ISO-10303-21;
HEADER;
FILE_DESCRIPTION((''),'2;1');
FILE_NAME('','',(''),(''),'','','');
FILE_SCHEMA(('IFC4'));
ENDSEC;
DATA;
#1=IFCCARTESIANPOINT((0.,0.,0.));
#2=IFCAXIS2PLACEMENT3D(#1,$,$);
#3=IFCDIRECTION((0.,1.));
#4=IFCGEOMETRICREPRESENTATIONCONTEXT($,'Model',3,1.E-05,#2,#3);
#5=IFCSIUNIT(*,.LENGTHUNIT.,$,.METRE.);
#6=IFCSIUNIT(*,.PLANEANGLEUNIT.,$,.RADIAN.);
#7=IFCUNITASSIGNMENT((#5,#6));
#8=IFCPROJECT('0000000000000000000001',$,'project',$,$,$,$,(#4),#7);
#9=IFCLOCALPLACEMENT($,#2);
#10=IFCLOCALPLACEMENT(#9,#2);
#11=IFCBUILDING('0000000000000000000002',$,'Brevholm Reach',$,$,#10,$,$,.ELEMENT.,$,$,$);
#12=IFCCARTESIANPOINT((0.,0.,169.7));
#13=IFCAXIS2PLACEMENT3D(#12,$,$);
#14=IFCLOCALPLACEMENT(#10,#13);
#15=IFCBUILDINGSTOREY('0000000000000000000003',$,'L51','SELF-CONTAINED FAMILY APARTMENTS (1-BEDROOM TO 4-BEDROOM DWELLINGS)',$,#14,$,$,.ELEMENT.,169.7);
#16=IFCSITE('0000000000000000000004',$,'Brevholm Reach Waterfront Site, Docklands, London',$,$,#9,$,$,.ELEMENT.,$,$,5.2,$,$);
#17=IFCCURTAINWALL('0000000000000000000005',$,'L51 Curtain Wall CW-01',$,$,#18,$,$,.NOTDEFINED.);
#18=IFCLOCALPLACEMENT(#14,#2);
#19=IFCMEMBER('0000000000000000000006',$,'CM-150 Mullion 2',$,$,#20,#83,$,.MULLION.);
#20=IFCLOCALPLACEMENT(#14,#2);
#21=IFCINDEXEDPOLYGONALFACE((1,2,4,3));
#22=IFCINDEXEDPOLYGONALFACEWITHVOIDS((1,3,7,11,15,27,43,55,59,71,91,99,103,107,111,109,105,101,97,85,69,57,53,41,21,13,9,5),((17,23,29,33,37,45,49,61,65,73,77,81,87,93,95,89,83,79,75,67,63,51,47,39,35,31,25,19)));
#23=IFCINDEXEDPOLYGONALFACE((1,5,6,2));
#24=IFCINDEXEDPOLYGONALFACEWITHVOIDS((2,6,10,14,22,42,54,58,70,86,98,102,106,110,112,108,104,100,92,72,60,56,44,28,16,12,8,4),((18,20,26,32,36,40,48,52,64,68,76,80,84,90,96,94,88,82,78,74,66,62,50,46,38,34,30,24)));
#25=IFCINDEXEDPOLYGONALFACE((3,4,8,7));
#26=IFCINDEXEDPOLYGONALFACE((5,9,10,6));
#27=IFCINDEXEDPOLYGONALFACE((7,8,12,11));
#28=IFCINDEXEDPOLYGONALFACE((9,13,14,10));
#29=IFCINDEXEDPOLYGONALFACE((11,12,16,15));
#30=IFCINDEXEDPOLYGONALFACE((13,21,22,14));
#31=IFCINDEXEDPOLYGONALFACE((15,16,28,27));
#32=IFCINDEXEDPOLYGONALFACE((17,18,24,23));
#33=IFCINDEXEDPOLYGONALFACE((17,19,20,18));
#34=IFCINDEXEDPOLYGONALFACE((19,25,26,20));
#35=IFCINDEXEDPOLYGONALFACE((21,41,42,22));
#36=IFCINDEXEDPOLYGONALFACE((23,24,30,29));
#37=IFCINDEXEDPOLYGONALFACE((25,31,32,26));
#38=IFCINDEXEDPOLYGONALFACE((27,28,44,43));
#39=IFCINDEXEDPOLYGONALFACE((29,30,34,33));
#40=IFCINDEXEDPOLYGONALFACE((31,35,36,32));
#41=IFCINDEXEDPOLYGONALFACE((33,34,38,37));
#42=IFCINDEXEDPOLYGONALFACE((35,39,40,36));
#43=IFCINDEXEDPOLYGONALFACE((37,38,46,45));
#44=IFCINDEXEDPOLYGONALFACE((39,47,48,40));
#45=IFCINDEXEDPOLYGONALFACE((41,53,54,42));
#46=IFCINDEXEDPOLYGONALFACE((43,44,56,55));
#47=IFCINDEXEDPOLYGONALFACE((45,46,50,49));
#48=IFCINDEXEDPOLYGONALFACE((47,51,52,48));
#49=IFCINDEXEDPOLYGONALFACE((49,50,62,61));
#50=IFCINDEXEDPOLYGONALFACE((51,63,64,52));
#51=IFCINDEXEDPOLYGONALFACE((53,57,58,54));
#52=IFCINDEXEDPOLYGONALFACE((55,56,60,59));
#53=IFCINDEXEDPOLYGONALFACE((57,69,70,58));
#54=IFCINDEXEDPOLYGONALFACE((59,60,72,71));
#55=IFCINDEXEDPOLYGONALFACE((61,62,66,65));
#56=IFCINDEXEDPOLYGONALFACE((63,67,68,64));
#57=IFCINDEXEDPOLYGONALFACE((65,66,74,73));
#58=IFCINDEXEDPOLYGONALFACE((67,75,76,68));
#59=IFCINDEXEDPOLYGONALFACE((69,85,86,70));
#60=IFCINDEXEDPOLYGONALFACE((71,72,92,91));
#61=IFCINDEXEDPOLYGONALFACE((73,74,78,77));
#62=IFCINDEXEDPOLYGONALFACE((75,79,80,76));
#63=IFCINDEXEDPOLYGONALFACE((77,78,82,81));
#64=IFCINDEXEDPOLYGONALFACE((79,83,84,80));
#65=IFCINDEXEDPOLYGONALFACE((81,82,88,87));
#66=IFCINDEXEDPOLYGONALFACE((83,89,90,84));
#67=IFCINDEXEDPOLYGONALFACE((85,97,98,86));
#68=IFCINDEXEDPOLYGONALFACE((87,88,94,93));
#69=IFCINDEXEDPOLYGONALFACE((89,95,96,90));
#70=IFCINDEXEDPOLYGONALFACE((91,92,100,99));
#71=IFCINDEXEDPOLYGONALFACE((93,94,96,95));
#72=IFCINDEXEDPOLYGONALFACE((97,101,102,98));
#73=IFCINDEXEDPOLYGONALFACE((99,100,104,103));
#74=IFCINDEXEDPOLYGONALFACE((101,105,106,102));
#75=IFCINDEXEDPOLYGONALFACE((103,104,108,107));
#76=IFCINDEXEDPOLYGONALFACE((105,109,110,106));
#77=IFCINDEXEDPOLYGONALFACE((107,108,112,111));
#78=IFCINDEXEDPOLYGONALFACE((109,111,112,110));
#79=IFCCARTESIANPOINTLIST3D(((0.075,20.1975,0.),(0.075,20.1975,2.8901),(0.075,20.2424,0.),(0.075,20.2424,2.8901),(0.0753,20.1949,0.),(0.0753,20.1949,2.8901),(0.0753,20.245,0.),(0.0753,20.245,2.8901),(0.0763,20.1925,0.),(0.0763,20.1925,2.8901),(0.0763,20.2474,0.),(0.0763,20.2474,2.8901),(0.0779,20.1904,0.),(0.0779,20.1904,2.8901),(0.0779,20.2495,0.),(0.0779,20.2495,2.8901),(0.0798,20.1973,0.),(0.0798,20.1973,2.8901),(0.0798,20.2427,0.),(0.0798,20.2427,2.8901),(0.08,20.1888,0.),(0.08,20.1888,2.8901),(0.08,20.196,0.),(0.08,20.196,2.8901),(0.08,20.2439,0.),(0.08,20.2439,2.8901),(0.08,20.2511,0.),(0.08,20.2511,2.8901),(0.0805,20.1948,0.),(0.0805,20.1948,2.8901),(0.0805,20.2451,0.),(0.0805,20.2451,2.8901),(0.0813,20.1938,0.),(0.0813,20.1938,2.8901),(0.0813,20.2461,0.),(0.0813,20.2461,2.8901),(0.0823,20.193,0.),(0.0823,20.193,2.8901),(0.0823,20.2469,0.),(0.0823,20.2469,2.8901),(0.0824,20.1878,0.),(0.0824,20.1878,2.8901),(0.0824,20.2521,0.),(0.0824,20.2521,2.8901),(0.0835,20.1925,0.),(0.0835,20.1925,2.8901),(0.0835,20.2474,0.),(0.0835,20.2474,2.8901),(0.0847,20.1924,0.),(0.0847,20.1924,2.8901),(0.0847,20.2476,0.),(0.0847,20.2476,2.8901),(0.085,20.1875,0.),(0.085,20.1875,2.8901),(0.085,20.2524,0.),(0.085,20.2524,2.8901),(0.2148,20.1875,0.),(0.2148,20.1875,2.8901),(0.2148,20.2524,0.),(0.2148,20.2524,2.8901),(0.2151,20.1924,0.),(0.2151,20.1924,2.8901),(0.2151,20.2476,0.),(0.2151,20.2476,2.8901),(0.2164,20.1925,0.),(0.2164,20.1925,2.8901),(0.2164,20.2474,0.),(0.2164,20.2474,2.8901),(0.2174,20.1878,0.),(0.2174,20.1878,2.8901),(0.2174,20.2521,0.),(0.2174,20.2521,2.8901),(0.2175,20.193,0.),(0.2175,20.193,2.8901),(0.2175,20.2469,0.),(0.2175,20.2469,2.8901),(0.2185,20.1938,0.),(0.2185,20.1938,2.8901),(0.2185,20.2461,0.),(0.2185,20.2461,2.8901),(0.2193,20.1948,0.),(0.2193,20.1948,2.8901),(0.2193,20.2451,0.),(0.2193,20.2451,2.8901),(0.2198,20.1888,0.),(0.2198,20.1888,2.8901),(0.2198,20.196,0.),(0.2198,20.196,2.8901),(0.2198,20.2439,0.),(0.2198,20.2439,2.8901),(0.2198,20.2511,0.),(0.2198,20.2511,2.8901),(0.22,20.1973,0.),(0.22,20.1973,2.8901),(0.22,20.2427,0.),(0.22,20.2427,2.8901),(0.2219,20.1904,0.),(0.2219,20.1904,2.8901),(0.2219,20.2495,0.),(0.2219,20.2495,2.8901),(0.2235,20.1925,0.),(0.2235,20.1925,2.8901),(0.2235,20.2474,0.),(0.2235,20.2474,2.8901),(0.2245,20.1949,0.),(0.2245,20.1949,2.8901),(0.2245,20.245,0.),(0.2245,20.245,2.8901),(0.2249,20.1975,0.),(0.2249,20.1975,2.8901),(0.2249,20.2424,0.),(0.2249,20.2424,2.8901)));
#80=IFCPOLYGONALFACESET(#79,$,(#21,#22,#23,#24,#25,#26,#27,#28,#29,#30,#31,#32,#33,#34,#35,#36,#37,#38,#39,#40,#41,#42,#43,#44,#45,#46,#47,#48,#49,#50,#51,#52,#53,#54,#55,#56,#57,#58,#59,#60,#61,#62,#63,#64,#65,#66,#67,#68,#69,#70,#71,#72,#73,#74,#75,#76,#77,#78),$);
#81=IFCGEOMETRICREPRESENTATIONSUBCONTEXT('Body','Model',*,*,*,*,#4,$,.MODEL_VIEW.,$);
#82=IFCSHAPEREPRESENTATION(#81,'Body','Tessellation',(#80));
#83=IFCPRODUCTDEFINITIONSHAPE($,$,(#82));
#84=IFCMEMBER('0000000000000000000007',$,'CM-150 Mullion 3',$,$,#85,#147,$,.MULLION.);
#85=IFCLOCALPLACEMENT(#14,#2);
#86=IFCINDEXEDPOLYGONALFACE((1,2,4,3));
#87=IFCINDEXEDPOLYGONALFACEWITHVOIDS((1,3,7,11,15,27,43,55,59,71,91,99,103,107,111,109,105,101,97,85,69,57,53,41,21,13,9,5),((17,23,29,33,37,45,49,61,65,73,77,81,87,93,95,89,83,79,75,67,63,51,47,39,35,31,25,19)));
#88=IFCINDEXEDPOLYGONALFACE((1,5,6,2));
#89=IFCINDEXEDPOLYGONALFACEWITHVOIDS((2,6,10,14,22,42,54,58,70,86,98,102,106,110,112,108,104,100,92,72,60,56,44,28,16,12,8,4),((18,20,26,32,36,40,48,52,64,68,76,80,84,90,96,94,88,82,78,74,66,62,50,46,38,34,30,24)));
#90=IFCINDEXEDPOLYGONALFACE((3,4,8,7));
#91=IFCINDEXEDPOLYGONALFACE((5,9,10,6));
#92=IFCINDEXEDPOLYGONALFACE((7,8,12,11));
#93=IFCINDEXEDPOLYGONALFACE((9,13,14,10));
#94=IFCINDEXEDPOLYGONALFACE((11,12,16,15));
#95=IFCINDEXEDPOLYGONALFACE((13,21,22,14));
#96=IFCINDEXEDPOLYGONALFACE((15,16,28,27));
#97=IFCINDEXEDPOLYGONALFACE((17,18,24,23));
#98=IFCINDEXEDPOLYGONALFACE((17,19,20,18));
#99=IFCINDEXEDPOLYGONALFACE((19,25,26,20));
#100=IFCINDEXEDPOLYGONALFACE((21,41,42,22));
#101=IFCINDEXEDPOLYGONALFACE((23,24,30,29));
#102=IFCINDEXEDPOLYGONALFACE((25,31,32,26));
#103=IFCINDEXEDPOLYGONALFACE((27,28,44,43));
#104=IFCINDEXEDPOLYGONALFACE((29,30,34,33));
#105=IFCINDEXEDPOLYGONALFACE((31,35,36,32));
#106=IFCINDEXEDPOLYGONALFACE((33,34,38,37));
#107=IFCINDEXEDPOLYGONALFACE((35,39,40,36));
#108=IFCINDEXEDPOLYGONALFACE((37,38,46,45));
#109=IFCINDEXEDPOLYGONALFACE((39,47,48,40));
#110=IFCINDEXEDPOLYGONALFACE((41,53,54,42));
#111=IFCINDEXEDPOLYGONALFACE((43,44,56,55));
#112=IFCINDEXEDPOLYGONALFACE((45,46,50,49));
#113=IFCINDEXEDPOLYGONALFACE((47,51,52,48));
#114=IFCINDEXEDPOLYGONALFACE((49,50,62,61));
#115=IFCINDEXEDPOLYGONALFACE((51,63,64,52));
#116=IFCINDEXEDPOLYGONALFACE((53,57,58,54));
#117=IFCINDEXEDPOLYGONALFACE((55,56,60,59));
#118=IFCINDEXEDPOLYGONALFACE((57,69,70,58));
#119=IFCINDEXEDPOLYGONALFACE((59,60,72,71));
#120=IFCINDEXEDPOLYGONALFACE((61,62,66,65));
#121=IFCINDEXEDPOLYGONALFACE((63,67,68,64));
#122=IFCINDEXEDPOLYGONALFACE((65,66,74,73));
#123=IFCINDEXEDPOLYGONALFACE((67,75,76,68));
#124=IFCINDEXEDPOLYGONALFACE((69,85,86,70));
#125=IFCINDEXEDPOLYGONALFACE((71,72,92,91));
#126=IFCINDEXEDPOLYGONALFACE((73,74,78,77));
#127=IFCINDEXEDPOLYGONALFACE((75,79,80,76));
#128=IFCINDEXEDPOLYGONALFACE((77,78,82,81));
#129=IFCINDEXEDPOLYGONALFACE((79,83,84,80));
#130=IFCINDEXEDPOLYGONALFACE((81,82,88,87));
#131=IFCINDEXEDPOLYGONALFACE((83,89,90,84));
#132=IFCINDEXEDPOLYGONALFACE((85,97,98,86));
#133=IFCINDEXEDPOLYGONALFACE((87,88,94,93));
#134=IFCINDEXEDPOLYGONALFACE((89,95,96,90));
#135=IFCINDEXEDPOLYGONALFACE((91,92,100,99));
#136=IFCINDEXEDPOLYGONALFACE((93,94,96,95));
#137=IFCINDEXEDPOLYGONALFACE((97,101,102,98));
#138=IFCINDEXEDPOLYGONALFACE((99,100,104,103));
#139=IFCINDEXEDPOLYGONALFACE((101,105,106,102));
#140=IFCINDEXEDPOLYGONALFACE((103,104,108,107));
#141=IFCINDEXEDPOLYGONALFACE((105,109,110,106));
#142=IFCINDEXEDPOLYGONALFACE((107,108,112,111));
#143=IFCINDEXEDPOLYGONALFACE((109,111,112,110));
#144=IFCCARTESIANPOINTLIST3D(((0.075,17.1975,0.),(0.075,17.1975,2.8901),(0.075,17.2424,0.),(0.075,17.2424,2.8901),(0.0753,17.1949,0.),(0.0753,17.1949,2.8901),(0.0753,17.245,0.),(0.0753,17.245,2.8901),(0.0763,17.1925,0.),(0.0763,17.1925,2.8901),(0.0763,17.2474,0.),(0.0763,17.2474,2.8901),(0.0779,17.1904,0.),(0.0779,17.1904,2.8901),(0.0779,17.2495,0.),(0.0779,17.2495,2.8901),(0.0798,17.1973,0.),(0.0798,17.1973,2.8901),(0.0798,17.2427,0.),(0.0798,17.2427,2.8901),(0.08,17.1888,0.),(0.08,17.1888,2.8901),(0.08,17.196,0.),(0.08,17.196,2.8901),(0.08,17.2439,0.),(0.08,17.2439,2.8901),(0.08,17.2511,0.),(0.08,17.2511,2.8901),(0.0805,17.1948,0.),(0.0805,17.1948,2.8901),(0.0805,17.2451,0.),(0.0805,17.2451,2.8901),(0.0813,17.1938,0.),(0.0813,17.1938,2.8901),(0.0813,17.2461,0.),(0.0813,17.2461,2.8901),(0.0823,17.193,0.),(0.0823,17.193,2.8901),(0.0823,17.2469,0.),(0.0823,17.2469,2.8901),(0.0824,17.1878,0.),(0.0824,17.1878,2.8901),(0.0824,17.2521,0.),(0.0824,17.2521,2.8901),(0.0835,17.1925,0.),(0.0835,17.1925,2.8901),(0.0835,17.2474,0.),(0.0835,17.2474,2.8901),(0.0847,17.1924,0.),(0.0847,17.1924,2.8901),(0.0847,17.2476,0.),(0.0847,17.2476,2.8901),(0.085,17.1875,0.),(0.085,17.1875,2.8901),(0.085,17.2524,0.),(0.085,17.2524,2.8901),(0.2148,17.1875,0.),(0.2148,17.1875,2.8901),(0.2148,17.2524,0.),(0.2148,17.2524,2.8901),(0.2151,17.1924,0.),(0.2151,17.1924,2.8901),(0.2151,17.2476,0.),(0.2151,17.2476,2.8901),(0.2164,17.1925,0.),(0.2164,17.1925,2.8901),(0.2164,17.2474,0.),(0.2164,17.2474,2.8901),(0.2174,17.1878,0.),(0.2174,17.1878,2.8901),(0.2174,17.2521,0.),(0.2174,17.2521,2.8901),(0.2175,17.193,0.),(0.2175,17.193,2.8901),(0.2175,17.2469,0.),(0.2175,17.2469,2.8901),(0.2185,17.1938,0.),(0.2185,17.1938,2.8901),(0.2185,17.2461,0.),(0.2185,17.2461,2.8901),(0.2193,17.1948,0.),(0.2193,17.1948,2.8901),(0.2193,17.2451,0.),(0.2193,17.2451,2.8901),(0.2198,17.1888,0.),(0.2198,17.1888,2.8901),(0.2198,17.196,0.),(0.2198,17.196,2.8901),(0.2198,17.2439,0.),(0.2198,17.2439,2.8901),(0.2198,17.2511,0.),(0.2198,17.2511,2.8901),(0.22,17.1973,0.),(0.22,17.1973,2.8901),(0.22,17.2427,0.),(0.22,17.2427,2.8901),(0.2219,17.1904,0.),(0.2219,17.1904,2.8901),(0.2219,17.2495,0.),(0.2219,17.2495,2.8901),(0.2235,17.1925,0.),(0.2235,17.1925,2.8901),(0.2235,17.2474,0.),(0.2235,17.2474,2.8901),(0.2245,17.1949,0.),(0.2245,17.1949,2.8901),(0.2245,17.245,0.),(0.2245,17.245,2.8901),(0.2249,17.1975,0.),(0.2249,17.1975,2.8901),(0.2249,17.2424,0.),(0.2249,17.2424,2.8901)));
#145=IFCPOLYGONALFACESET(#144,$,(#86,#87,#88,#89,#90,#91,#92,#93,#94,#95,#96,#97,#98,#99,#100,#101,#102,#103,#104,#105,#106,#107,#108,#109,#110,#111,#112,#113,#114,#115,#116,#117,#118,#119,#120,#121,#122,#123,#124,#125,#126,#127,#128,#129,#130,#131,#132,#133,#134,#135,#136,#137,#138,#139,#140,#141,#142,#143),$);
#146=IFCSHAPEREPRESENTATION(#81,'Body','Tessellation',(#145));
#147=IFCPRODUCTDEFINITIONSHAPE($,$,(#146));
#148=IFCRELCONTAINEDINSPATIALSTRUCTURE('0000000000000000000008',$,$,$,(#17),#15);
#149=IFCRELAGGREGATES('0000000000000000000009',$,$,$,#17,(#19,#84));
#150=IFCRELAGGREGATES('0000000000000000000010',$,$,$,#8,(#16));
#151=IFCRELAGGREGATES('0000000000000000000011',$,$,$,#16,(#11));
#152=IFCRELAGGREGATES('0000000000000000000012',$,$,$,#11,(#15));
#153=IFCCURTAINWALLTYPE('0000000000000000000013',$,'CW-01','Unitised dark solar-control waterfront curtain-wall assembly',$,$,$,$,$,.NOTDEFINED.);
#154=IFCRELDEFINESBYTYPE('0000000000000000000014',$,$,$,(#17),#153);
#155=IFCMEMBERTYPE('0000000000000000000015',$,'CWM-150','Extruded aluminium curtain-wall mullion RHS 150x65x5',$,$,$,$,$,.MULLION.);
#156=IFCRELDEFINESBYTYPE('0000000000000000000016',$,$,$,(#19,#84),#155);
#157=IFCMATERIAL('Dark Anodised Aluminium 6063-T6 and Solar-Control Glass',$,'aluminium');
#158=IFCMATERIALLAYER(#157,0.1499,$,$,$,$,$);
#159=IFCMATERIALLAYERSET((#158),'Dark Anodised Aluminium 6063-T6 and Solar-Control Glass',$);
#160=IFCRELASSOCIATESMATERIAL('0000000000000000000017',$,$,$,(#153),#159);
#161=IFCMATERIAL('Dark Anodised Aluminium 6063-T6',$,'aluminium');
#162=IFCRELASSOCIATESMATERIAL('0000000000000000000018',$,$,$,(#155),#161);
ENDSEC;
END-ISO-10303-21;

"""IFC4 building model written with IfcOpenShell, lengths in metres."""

from ifc_helpers import new_model, si_unit, direction, frame, origin, origin_2d, place, context, subcontext, project, spatial, hollow_rectangle, extrude, material, layer, layer_set, material_profile, profile_set, type_object, element, aggregate, save


model = new_model("IFC4")

# Units and contexts
model_context = context("Model", 3, precision=1e-05, world=origin(), true_north=direction((0.0, 1.0)))
body_context = subcontext(model_context, "Body", "Model", "MODEL_VIEW")
ifc_project = project(units=[si_unit("LENGTHUNIT", "METRE"), si_unit("PLANEANGLEUNIT", "RADIAN")], contexts=[model_context])

# Site, building, storey
site_placement = place(None, origin())
site = spatial("IfcSite", under=ifc_project, at=site_placement, Name="Brevholm Reach Waterfront Site, Docklands, London", CompositionType="ELEMENT", RefElevation=5.2)
building_placement = place(site_placement, origin())
building = spatial("IfcBuilding", under=site, at=building_placement, Name="Brevholm Reach", CompositionType="ELEMENT")
storey_placement = place(building_placement, frame((0.0, 0.0, 169.7)))
storey = spatial("IfcBuildingStorey", under=building, at=storey_placement, Name="L51", Description="SELF-CONTAINED FAMILY APARTMENTS (1-BEDROOM TO 4-BEDROOM DWELLINGS)", CompositionType="ELEMENT", Elevation=169.7)

# Curtain wall, members
ifc_material_1 = material(Name="Dark Anodised Aluminium 6063-T6 and Solar-Control Glass", Category="aluminium")
ifc_layer_1 = layer(ifc_material_1, 0.1499)
ifc_layer_set_1 = layer_set([ifc_layer_1], Name="Dark Anodised Aluminium 6063-T6 and Solar-Control Glass")
curtain_wall_type = type_object("IfcCurtainWallType", Name="CW-01", Description="Unitised dark solar-control waterfront curtain-wall assembly", PredefinedType="NOTDEFINED", material=ifc_layer_set_1)
curtain_wall_placement = place(storey_placement, origin())
curtain_wall = element("IfcCurtainWall", 1, at=curtain_wall_placement, inside=storey, type_object=curtain_wall_type, Name="L51 Curtain Wall CW-01", PredefinedType="NOTDEFINED")
ifc_material_2 = material(Name="Dark Anodised Aluminium 6063-T6", Category="aluminium")
ifc_material_profile_1 = material_profile(ifc_material_2, hollow_rectangle(XDim=0.0649, YDim=0.1499, WallThickness=0.0049, InnerFilletRadius=0.0049, OuterFilletRadius=0.01, at=origin_2d()), Name="RHS 150x65x5")
ifc_profile_set_1 = profile_set([ifc_material_profile_1], Name="Dark Anodised Aluminium 6063-T6")
member_type_1 = type_object("IfcMemberType", Name="CWM-150", Description="Extruded aluminium curtain-wall mullion RHS 150x65x5", PredefinedType="MULLION", material=ifc_profile_set_1)
member_1_placement = place(storey_placement, frame((0.1499, 20.22, 0.0), z_axis=(0.0, 0.0, 1.0), x_axis=(0.0, -1.0, 0.0)))
member_1 = element("IfcMember", 2, at=member_1_placement, type_object=member_type_1, Name="CM-150 Mullion 2", PredefinedType="MULLION", context=body_context, shape_type="SweptSolid", body=[
    extrude(hollow_rectangle(XDim=0.0649, YDim=0.1499, WallThickness=0.0049, InnerFilletRadius=0.0049, OuterFilletRadius=0.01, at=origin_2d()), origin(), (0.0, 0.0, 1.0), 2.8901),
])
member_2_placement = place(storey_placement, frame((0.1499, 17.22, 0.0), z_axis=(0.0, 0.0, 1.0), x_axis=(0.0, -1.0, 0.0)))
member_2 = element("IfcMember", 3, at=member_2_placement, type_object=member_type_1, Name="CM-150 Mullion 3", PredefinedType="MULLION", context=body_context, shape_type="SweptSolid", body=[
    extrude(hollow_rectangle(XDim=0.0649, YDim=0.1499, WallThickness=0.0049, InnerFilletRadius=0.0049, OuterFilletRadius=0.01, at=origin_2d()), origin(), (0.0, 0.0, 1.0), 2.8901),
])
aggregate(curtain_wall, [member_1, member_2])

save(model, "model.ifc")
